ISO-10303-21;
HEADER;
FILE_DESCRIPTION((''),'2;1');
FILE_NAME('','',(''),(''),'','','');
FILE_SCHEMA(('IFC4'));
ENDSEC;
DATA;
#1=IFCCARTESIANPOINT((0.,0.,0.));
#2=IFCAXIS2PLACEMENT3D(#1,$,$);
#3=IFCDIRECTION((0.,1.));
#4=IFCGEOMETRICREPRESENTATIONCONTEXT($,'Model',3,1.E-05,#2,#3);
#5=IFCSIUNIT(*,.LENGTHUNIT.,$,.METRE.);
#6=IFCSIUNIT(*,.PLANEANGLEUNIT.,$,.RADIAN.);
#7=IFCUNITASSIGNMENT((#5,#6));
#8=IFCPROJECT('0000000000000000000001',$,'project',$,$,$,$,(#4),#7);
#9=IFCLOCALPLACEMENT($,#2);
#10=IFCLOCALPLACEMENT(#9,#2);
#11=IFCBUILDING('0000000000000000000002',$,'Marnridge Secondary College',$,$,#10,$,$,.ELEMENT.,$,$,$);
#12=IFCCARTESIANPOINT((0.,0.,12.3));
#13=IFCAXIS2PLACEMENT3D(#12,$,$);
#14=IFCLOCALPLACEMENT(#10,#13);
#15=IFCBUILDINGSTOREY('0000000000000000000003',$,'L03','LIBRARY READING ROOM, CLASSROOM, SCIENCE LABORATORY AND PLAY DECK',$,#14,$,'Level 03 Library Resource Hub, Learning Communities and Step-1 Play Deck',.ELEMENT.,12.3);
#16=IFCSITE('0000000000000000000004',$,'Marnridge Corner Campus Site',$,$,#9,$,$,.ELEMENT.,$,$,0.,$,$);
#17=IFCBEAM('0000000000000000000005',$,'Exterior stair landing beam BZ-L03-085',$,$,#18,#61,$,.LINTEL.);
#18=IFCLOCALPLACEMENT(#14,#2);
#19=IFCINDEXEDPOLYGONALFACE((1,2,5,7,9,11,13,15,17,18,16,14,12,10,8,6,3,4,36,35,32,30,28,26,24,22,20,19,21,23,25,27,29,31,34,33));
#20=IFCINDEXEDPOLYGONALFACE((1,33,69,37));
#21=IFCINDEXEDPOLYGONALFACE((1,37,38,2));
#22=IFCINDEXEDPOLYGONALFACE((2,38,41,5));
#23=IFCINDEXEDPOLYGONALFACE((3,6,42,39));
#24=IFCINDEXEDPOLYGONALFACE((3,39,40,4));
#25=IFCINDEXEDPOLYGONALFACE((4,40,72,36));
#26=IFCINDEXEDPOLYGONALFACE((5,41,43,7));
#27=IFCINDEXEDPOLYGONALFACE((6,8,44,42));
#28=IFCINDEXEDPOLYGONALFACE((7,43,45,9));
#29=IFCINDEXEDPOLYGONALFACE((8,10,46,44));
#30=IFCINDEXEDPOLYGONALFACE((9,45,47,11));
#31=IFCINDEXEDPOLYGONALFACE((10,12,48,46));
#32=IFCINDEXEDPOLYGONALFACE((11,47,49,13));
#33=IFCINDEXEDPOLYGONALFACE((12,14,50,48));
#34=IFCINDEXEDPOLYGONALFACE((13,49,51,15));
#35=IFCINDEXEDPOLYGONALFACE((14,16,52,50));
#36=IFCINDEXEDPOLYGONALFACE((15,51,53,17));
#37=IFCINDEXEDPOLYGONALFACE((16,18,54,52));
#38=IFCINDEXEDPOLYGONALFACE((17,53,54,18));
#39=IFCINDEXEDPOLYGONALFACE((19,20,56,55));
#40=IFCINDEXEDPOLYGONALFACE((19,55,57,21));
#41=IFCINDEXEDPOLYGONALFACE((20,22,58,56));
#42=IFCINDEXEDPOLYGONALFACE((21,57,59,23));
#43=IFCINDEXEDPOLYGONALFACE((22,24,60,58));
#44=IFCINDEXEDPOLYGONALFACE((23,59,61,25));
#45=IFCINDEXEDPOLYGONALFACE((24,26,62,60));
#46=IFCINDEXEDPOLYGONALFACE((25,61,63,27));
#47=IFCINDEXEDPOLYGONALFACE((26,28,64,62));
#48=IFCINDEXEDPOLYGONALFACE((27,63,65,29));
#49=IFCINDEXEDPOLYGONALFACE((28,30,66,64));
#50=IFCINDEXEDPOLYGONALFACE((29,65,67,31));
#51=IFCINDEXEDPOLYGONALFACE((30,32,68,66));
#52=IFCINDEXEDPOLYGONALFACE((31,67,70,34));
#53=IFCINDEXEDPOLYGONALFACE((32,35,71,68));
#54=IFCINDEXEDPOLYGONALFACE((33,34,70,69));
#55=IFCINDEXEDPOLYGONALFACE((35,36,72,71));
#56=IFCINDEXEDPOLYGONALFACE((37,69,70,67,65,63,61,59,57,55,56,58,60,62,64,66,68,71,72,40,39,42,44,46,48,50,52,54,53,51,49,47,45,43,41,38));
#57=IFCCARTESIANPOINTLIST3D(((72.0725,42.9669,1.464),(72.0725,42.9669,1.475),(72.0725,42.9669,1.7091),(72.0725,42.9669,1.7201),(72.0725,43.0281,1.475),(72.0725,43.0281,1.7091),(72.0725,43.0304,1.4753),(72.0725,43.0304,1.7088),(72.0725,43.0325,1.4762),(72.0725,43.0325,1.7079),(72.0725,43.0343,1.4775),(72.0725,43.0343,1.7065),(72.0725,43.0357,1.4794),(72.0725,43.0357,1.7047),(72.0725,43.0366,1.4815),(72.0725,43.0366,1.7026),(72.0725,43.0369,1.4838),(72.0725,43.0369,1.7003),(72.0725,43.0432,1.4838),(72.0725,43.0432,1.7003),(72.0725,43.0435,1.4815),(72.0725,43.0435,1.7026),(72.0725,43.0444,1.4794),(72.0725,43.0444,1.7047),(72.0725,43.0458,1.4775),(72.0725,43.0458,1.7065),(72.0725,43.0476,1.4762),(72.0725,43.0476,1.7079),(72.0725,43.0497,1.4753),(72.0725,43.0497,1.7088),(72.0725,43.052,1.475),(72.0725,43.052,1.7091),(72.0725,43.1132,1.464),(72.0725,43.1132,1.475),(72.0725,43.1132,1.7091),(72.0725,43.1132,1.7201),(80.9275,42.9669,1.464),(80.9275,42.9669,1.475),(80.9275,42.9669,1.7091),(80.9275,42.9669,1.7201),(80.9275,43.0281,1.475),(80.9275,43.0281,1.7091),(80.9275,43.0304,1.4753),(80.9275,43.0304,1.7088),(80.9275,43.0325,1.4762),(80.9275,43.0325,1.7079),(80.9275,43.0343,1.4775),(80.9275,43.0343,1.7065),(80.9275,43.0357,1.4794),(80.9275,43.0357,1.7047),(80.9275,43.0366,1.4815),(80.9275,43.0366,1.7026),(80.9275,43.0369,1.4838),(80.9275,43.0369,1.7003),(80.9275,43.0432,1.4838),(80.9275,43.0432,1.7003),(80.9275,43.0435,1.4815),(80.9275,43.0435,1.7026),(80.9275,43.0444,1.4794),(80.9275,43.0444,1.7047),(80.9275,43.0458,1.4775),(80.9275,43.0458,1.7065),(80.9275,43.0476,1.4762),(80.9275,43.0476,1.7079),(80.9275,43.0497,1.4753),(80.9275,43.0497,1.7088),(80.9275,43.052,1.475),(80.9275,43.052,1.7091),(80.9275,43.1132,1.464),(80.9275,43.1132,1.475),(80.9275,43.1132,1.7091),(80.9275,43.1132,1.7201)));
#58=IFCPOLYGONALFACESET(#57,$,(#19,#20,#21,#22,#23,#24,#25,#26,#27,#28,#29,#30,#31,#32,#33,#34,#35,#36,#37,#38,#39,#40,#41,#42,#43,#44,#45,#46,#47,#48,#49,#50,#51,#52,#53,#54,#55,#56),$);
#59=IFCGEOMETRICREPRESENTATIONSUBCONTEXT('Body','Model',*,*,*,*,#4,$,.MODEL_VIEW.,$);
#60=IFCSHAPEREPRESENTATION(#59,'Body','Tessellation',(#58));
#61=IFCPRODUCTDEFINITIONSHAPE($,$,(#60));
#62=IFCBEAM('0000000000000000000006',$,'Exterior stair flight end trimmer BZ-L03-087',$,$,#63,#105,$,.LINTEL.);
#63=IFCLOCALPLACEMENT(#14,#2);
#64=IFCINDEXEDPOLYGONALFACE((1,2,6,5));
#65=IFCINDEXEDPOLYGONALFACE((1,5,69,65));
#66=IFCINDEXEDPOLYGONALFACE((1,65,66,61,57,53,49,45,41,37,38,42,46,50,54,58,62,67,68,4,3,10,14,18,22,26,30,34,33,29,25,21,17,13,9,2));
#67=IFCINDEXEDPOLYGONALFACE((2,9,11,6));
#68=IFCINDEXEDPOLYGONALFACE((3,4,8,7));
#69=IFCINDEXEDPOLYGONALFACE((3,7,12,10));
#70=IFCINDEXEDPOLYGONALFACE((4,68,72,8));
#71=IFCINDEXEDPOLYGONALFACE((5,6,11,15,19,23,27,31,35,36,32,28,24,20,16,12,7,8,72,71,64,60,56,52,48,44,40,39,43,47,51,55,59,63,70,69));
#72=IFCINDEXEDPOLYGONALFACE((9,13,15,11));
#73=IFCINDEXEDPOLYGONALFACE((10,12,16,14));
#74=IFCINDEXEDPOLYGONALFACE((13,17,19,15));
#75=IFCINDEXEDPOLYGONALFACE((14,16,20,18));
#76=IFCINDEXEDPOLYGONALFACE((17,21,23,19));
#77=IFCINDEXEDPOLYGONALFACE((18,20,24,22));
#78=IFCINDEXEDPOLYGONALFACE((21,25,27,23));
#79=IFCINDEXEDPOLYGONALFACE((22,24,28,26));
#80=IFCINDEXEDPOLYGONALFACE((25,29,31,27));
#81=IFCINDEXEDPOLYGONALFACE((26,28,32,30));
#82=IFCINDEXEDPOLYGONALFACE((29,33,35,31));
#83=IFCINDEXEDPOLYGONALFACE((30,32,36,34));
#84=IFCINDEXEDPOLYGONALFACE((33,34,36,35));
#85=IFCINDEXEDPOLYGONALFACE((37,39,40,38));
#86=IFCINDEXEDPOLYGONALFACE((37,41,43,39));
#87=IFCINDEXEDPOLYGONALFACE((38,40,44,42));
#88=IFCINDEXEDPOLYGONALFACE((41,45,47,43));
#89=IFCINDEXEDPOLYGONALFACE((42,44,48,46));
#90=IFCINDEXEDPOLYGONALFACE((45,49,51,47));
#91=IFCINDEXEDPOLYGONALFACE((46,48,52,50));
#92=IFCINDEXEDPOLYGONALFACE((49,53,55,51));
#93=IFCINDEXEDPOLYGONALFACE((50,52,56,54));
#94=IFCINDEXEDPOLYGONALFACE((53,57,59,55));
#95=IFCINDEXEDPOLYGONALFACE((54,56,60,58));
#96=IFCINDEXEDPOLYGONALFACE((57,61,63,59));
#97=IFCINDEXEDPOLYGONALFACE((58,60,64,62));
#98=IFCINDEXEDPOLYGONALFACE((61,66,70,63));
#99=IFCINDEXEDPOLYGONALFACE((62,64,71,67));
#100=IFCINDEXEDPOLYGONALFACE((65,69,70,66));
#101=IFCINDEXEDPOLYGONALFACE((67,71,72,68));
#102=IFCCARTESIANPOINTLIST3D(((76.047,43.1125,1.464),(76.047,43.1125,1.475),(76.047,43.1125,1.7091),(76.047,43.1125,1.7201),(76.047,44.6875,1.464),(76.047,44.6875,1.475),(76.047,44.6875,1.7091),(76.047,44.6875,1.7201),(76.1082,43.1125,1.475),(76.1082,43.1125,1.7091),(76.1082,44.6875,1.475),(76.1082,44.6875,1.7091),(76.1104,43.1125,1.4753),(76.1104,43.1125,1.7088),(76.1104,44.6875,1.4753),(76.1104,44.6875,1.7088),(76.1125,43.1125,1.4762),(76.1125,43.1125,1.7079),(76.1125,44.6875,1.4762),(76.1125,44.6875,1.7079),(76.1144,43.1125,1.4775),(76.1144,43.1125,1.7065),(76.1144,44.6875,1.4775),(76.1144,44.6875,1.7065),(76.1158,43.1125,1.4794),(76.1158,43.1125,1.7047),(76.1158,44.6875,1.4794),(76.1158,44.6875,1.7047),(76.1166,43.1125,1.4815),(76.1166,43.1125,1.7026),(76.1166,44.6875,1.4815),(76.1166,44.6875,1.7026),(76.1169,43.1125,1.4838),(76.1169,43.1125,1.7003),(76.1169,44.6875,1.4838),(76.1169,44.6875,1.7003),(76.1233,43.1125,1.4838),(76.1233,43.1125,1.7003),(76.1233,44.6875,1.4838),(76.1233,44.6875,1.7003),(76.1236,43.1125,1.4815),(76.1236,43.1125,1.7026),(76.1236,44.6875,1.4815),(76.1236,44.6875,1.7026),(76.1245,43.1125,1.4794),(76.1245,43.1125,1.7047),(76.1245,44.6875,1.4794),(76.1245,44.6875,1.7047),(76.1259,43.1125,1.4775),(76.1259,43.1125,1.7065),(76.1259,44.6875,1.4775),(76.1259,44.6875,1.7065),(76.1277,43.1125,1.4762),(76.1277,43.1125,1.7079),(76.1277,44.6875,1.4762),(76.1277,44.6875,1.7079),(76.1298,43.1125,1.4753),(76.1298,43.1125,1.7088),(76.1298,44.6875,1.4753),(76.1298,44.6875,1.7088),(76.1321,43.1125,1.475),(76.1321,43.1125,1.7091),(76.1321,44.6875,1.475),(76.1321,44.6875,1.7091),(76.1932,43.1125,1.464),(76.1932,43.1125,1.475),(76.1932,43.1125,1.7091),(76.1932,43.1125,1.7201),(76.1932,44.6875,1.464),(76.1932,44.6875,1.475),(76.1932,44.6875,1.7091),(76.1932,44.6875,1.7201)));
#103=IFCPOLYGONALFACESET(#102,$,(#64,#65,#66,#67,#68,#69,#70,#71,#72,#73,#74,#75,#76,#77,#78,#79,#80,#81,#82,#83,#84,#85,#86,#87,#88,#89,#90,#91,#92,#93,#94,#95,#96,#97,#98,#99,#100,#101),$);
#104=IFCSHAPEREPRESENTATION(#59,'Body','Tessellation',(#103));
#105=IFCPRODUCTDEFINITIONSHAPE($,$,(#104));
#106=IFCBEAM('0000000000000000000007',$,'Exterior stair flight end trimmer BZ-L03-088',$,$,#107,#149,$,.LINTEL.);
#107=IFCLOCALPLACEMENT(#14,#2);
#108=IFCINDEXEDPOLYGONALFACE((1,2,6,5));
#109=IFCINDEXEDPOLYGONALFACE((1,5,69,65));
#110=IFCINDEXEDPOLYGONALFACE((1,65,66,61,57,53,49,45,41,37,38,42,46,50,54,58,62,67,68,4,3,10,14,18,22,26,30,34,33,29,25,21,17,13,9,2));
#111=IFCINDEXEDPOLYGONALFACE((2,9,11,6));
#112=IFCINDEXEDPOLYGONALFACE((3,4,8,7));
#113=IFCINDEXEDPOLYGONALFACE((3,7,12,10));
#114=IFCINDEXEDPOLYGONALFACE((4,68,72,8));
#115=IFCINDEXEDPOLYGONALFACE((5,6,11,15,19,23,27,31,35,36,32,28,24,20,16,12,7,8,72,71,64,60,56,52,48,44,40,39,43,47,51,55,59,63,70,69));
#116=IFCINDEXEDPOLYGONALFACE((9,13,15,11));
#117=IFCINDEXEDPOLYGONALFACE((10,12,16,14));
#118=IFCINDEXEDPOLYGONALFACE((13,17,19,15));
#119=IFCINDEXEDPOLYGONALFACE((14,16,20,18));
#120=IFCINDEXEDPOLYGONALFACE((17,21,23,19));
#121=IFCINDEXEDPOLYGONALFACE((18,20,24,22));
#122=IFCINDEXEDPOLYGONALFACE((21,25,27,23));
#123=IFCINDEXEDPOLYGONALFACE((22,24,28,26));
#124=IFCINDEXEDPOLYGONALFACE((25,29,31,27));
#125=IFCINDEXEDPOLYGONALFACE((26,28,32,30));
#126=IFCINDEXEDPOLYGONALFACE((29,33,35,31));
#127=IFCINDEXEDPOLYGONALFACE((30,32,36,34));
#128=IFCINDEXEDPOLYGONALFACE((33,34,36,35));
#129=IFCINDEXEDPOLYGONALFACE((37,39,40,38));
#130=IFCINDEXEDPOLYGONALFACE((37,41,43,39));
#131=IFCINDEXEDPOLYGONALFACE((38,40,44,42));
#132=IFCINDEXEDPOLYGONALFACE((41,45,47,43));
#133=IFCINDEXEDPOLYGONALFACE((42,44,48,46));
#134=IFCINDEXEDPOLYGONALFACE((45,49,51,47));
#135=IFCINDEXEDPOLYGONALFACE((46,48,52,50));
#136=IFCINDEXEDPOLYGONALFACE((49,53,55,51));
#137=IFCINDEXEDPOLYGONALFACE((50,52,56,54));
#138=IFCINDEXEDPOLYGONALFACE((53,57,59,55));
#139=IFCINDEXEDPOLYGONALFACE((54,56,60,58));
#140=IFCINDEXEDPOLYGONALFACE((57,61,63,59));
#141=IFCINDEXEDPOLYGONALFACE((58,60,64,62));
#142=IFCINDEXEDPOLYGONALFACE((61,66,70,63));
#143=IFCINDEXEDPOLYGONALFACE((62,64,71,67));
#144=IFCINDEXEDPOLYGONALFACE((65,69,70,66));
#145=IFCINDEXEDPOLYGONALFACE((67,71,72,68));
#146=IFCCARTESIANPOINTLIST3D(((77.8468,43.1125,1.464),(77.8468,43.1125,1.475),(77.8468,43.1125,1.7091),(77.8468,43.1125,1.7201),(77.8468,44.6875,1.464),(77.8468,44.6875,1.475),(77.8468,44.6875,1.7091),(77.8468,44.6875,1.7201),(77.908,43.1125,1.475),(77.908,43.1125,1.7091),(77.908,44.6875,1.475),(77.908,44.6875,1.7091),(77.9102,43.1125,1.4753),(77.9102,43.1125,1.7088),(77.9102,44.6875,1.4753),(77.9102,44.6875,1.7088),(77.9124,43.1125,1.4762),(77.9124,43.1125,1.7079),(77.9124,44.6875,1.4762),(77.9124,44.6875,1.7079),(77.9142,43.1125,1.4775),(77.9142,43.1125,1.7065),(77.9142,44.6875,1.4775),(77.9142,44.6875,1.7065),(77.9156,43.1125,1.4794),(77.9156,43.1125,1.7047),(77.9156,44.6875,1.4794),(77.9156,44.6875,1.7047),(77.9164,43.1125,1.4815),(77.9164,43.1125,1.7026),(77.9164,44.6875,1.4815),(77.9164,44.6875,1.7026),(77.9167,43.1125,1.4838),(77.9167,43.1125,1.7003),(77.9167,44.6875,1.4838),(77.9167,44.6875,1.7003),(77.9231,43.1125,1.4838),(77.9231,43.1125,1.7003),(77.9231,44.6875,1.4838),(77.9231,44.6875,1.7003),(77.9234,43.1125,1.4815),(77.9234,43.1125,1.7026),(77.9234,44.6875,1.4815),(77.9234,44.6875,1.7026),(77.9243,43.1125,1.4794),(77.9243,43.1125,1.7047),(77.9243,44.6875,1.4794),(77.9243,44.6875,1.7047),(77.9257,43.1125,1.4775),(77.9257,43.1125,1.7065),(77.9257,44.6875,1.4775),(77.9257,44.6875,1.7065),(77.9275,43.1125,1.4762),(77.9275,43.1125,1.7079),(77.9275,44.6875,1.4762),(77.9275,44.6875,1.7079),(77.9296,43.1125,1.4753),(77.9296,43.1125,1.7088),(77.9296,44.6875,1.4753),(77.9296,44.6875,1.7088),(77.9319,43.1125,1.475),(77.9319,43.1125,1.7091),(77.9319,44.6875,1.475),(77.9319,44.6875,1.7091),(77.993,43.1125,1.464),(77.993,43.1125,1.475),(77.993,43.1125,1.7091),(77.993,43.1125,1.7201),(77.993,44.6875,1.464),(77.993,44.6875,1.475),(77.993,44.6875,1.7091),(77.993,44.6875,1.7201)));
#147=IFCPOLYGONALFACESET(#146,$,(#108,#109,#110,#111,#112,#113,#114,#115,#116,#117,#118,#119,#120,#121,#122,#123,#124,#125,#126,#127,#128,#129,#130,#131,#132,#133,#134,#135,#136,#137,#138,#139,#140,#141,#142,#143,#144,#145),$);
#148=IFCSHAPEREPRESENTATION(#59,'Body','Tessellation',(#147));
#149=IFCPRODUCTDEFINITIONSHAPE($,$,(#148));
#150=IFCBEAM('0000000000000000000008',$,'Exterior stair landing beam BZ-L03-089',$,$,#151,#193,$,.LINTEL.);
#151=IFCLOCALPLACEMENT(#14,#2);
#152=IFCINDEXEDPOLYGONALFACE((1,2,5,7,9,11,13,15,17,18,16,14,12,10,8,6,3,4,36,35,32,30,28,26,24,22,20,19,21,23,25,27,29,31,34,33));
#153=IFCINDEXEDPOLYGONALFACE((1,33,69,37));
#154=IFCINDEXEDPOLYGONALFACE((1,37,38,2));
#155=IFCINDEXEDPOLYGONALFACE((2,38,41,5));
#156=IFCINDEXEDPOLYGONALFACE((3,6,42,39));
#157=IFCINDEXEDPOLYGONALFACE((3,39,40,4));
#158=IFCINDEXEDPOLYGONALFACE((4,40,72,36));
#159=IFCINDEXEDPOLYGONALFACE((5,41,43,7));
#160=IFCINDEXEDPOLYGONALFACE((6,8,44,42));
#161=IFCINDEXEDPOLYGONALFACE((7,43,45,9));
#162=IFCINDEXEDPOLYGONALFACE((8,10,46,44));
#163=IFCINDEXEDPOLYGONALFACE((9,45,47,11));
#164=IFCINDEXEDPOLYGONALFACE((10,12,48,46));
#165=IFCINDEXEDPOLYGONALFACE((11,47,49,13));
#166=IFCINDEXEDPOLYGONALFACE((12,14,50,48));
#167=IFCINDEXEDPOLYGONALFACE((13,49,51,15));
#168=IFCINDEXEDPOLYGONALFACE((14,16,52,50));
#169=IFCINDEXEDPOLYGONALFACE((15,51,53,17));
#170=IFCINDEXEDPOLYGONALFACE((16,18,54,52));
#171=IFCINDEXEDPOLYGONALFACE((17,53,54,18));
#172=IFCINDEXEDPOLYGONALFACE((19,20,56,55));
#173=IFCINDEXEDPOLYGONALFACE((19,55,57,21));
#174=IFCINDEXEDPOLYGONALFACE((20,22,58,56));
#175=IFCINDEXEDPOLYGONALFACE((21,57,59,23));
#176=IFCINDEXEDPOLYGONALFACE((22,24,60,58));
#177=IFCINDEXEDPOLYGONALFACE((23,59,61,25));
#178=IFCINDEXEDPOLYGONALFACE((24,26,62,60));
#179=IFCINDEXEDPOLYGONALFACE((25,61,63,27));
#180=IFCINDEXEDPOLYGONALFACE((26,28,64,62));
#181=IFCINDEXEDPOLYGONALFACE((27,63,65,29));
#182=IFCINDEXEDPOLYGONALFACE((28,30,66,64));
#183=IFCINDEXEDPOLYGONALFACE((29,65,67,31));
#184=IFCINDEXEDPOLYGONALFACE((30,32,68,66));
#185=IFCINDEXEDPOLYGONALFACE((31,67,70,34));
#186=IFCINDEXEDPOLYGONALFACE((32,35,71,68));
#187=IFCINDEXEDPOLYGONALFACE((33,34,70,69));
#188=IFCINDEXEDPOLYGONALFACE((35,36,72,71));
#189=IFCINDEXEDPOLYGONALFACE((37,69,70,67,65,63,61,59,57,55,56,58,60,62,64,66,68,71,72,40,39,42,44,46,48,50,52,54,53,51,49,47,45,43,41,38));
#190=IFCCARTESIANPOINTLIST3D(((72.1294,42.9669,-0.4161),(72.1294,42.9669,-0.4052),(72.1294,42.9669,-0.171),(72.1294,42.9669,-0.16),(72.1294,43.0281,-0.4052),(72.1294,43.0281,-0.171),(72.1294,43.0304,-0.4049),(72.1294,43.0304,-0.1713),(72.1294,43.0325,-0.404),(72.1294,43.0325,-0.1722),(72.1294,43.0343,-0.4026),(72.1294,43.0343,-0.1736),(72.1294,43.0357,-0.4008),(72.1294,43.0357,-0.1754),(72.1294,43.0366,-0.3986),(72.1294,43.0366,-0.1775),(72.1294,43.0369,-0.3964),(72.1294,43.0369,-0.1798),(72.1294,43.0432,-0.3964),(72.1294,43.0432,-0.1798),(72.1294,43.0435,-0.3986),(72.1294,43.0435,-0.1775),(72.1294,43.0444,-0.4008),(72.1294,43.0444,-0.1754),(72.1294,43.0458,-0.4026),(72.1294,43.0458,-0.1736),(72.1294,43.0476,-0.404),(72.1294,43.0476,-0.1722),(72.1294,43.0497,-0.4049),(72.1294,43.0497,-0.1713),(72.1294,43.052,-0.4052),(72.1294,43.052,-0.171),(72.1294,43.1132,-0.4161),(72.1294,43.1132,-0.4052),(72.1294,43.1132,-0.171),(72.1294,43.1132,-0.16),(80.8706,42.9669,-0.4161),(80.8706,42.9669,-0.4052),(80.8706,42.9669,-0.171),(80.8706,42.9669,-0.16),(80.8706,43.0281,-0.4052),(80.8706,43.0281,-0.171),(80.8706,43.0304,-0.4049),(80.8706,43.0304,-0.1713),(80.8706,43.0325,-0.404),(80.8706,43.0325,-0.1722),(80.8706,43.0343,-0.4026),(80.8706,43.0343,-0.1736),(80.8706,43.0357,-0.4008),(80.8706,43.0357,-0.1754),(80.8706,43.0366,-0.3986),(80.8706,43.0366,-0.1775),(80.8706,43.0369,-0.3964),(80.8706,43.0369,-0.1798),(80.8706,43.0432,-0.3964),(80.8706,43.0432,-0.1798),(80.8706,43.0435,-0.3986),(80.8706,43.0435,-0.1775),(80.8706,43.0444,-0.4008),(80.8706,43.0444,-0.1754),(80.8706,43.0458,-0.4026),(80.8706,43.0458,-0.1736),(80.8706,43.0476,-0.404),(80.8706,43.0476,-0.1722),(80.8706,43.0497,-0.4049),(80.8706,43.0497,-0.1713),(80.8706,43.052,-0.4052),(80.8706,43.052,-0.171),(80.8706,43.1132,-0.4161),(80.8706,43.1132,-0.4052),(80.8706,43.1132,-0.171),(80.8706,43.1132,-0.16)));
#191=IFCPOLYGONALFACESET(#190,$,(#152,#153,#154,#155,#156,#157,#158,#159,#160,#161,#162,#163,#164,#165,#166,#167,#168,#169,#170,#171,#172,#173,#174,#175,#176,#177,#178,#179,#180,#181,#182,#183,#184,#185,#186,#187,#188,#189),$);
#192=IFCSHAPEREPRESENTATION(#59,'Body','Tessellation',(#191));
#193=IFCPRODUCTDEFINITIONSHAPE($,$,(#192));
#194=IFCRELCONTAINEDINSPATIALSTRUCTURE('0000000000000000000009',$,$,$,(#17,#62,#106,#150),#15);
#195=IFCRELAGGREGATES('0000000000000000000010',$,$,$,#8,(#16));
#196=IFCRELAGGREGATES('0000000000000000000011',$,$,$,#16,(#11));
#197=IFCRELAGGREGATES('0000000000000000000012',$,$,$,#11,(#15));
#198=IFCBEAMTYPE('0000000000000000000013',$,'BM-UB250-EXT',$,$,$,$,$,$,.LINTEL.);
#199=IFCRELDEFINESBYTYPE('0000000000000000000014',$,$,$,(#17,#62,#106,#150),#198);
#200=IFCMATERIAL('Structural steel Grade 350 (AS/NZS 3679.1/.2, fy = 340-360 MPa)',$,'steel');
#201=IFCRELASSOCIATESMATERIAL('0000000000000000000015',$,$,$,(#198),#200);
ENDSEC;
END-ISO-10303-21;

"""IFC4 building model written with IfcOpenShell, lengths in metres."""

from ifc_helpers import new_model, si_unit, direction, frame, origin, origin_2d, place, context, subcontext, project, spatial, i_section, extrude, material, material_profile, profile_set, type_object, element, save


model = new_model("IFC4")

# Units and contexts
model_context = context("Model", 3, precision=1e-05, world=origin(), true_north=direction((0.0, 1.0)))
body_context = subcontext(model_context, "Body", "Model", "MODEL_VIEW")
ifc_project = project(units=[si_unit("LENGTHUNIT", "METRE"), si_unit("PLANEANGLEUNIT", "RADIAN")], contexts=[model_context])

# Site, building, storey
site_placement = place(None, origin())
site = spatial("IfcSite", under=ifc_project, at=site_placement, Name="Marnridge Corner Campus Site", CompositionType="ELEMENT", RefElevation=0.0)
building_placement = place(site_placement, origin())
building = spatial("IfcBuilding", under=site, at=building_placement, Name="Marnridge Secondary College", CompositionType="ELEMENT")
storey_placement = place(building_placement, frame((0.0, 0.0, 12.3)))
storey = spatial("IfcBuildingStorey", under=building, at=storey_placement, Name="L03", Description="LIBRARY READING ROOM, CLASSROOM, SCIENCE LABORATORY AND PLAY DECK", LongName="Level 03 Library Resource Hub, Learning Communities and Step-1 Play Deck", CompositionType="ELEMENT", Elevation=12.3)

# Beams
ifc_material_1 = material(Name="Structural steel Grade 350 (AS/NZS 3679.1/.2, fy = 340-360 MPa)", Category="steel")
ifc_material_profile_1 = material_profile(ifc_material_1, i_section(OverallWidth=0.1462, OverallDepth=0.2561, WebThickness=0.0063, FlangeThickness=0.011, FilletRadius=0.0088, at=origin_2d()), Name="250UB37.3")
ifc_profile_set_1 = profile_set([ifc_material_profile_1], Name="Structural steel Grade 350 (AS/NZS 3679.1/.2, fy = 340-360 MPa)")
beam_type = type_object("IfcBeamType", Name="BM-UB250-EXT", PredefinedType="LINTEL", material=ifc_profile_set_1)
beam_1_placement = place(storey_placement, frame((72.0725, 43.04, 1.592), z_axis=(1.0, 0.0, 0.0), x_axis=(0.0, 1.0, 0.0)))
element("IfcBeam", 1, at=beam_1_placement, inside=storey, type_object=beam_type, Name="Exterior stair landing beam BZ-L03-085", PredefinedType="LINTEL", context=body_context, shape_type="SweptSolid", body=[
    extrude(i_section(OverallWidth=0.1462, OverallDepth=0.2561, WebThickness=0.0063, FlangeThickness=0.011, FilletRadius=0.0088, at=origin_2d()), origin(), (0.0, 0.0, 1.0), 8.855),
])
for number, where, z_axis, x_axis, name in (
    (2, (76.1201, 43.1125, 1.592), (0.0, 1.0, 0.0), (-1.0, 0.0, 0.0), "Exterior stair flight end trimmer BZ-L03-087"),
    (3, (77.9199, 43.1125, 1.592), (0.0, 1.0, 0.0), (-1.0, 0.0, 0.0), "Exterior stair flight end trimmer BZ-L03-088"),
):
    element("IfcBeam", number, at=place(storey_placement, frame(where, z_axis=z_axis, x_axis=x_axis)), inside=storey, type_object=beam_type, Name=name, PredefinedType="LINTEL", context=body_context, shape_type="SweptSolid", body=[
        extrude(i_section(OverallWidth=0.1462, OverallDepth=0.2561, WebThickness=0.0063, FlangeThickness=0.011, FilletRadius=0.0088, at=origin_2d()), origin(), (0.0, 0.0, 1.0), 1.575),
    ])
beam_2_placement = place(storey_placement, frame((72.1294, 43.04, -0.2881), z_axis=(1.0, 0.0, 0.0), x_axis=(0.0, 1.0, 0.0)))
element("IfcBeam", 4, at=beam_2_placement, inside=storey, type_object=beam_type, Name="Exterior stair landing beam BZ-L03-089", PredefinedType="LINTEL", context=body_context, shape_type="SweptSolid", body=[
    extrude(i_section(OverallWidth=0.1462, OverallDepth=0.2561, WebThickness=0.0063, FlangeThickness=0.011, FilletRadius=0.0088, at=origin_2d()), origin(), (0.0, 0.0, 1.0), 8.7412),
])

save(model, "model.ifc")
